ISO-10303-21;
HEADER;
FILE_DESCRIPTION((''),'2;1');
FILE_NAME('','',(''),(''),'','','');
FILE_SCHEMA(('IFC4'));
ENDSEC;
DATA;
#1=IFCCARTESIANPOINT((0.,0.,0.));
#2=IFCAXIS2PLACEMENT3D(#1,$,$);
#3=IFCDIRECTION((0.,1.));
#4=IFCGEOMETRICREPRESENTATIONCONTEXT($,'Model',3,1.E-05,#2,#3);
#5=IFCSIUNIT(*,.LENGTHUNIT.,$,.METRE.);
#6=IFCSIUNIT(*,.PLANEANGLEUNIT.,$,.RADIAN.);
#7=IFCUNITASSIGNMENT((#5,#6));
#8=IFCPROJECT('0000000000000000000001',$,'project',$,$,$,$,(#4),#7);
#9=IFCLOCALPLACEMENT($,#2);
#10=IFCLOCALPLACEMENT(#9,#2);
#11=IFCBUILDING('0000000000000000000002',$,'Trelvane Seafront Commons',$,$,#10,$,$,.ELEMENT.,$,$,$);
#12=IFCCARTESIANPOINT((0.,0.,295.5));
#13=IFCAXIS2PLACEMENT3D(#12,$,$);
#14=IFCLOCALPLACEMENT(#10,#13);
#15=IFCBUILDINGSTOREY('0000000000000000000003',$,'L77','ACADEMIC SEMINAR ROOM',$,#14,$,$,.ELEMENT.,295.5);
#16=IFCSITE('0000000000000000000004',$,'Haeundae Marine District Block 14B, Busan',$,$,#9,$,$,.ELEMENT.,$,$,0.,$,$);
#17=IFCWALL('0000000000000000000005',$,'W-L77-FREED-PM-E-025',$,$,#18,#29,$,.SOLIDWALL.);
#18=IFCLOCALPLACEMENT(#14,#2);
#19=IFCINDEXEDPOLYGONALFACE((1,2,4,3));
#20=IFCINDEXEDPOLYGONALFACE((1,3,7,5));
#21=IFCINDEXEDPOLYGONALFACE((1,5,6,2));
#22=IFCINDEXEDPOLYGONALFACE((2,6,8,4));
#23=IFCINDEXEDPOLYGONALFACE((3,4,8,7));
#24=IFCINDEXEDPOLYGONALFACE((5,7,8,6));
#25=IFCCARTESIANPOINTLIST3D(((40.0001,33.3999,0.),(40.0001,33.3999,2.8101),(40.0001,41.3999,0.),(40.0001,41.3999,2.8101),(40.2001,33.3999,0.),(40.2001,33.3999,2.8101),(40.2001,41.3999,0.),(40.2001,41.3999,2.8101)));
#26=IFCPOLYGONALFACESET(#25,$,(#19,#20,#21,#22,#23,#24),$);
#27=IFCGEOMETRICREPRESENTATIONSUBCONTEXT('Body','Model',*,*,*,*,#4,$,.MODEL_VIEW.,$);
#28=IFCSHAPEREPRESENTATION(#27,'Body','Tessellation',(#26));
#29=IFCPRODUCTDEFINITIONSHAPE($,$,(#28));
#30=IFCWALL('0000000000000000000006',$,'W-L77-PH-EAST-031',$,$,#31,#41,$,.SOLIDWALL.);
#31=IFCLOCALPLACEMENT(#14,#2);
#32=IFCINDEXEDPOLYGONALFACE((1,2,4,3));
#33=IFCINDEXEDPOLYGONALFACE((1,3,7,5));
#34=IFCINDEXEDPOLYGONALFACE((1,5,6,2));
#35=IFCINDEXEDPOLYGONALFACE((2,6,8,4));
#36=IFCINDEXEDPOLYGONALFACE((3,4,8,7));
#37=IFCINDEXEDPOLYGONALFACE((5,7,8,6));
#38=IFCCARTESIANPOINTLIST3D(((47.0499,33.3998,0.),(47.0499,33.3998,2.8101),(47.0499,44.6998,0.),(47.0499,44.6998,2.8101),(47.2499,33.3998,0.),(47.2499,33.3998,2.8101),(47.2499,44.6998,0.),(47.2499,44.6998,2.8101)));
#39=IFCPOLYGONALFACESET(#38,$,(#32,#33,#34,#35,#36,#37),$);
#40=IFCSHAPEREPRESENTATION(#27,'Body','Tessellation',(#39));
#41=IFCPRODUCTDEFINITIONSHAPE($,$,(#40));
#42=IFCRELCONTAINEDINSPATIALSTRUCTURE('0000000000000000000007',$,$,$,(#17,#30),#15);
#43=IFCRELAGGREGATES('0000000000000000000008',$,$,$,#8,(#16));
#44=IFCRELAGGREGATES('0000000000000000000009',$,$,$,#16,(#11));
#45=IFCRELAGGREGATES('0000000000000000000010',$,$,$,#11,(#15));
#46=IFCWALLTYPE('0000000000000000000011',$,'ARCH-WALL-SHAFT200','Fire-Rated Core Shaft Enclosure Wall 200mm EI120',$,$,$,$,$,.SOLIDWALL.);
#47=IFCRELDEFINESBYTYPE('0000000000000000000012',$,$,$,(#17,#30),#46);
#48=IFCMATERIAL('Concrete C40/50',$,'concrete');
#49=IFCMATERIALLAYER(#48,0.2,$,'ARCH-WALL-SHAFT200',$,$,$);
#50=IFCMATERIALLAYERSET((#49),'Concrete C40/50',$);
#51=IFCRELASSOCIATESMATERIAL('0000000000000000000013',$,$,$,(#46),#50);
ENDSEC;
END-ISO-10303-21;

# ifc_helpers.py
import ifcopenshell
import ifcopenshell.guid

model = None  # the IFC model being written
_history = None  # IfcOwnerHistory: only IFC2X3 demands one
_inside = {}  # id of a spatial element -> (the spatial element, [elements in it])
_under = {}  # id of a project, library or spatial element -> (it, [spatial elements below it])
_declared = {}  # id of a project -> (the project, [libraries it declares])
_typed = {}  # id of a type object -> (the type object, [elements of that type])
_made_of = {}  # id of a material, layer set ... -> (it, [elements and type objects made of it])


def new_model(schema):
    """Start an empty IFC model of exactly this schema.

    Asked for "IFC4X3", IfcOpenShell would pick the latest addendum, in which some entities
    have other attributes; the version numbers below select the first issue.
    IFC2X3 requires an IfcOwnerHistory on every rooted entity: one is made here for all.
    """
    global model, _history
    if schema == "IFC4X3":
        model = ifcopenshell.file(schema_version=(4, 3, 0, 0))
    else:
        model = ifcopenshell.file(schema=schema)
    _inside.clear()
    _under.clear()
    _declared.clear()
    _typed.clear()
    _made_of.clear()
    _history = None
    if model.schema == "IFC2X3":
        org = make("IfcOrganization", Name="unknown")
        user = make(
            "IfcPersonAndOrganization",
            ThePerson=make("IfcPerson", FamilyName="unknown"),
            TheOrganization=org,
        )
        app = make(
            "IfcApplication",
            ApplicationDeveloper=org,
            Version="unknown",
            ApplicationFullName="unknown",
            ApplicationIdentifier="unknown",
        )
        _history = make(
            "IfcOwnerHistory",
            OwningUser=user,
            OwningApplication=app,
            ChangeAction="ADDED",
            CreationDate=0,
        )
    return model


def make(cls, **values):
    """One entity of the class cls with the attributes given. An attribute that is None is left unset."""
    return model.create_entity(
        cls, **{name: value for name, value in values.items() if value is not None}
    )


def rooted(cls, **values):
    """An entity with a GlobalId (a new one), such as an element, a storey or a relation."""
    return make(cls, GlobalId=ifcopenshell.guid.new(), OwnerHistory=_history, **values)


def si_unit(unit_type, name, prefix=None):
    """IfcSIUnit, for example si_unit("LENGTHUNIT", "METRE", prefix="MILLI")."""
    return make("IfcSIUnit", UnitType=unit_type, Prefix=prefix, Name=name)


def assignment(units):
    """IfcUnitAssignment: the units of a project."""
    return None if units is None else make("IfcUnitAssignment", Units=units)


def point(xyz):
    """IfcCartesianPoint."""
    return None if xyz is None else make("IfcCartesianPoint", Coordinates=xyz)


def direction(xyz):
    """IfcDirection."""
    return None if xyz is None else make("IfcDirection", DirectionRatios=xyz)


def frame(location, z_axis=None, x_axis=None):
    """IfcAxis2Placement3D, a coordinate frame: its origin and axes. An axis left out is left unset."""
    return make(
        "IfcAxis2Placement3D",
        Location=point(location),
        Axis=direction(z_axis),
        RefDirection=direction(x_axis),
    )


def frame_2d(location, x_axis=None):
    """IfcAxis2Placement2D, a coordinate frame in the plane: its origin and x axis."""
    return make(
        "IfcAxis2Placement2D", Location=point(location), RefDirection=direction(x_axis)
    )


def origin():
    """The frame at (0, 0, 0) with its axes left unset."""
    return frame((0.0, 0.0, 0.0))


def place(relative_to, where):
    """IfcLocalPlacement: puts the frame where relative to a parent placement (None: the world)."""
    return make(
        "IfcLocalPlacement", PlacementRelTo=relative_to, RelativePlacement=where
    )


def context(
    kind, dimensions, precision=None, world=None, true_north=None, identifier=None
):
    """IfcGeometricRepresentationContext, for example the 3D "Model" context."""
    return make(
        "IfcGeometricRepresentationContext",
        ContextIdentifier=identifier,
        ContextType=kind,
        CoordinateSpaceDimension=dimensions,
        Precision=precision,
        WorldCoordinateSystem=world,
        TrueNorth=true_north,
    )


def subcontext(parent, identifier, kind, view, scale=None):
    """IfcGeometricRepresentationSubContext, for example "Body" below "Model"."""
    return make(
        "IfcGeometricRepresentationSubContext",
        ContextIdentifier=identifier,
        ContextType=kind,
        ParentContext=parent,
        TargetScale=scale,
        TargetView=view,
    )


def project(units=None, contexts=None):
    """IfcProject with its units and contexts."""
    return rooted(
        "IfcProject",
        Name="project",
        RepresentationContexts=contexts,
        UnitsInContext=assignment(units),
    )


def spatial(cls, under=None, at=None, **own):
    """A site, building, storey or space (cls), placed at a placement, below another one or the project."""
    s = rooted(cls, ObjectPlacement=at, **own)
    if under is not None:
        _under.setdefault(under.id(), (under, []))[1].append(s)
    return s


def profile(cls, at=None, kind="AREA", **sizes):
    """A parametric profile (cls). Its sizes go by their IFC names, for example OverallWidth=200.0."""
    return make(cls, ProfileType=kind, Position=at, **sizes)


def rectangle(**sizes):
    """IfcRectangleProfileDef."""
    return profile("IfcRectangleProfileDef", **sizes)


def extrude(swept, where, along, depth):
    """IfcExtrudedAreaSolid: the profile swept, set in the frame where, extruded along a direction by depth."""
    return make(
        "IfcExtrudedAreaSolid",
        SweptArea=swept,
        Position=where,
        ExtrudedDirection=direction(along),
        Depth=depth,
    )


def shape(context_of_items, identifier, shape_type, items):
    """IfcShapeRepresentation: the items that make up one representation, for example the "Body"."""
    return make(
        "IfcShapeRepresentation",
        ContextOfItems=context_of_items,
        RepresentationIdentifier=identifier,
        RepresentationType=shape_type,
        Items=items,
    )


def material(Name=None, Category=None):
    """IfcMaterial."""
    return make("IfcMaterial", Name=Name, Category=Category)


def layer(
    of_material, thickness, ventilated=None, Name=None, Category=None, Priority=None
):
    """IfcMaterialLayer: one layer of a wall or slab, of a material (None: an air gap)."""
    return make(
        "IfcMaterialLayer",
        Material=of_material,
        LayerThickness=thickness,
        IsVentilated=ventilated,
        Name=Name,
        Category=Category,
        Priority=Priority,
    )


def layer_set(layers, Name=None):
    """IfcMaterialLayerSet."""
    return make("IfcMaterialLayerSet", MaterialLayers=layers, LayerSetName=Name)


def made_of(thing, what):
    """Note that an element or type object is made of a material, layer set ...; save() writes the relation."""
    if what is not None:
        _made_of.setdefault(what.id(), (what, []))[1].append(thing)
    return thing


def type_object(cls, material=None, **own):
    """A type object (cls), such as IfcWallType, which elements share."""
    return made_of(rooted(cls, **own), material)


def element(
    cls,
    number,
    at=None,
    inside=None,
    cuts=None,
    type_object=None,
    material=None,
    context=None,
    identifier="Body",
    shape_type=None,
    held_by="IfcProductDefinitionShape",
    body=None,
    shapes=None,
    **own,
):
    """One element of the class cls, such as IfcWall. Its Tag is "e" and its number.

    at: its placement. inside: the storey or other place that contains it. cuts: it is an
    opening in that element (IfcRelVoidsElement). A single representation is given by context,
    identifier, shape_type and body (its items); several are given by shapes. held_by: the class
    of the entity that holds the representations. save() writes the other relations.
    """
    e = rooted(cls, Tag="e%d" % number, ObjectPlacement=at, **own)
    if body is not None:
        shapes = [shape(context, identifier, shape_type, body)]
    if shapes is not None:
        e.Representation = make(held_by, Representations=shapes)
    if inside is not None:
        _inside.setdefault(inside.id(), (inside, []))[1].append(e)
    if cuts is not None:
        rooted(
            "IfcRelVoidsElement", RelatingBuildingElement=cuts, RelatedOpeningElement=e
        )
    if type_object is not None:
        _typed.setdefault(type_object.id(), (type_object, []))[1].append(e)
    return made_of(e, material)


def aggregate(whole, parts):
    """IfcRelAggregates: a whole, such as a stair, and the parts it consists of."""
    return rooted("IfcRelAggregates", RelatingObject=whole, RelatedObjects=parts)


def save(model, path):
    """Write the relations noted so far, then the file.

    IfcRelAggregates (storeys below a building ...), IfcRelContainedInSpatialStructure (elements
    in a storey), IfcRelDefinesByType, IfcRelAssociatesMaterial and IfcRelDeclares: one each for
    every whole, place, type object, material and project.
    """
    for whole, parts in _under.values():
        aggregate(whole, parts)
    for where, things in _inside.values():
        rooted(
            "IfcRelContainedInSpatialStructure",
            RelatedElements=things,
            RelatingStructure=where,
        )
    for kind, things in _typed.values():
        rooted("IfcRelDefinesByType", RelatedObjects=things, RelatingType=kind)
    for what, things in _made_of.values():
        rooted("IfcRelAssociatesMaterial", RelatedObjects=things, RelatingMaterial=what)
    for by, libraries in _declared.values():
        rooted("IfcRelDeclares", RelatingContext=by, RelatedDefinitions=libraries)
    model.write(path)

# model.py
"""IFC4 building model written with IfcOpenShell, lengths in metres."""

from ifc_helpers import new_model, si_unit, direction, frame, frame_2d, origin, place, context, subcontext, project, spatial, rectangle, extrude, material, layer, layer_set, type_object, element, save


model = new_model("IFC4")

# Units and contexts
model_context = context("Model", 3, precision=1e-05, world=origin(), true_north=direction((0.0, 1.0)))
body_context = subcontext(model_context, "Body", "Model", "MODEL_VIEW")
ifc_project = project(units=[si_unit("LENGTHUNIT", "METRE"), si_unit("PLANEANGLEUNIT", "RADIAN")], contexts=[model_context])

# Site, building, storey
site_placement = place(None, origin())
site = spatial("IfcSite", under=ifc_project, at=site_placement, Name="Haeundae Marine District Block 14B, Busan", CompositionType="ELEMENT", RefElevation=0.0)
building_placement = place(site_placement, origin())
building = spatial("IfcBuilding", under=site, at=building_placement, Name="Trelvane Seafront Commons", CompositionType="ELEMENT")
storey_placement = place(building_placement, frame((0.0, 0.0, 295.5)))
storey = spatial("IfcBuildingStorey", under=building, at=storey_placement, Name="L77", Description="ACADEMIC SEMINAR ROOM", CompositionType="ELEMENT", Elevation=295.5)

# Shared definitions
ifc_material_1 = material(Name="Concrete C40/50", Category="concrete")

# Walls
ifc_layer_1 = layer(ifc_material_1, 0.2, Name="ARCH-WALL-SHAFT200")
ifc_layer_set_1 = layer_set([ifc_layer_1], Name="Concrete C40/50")
wall_type_1 = type_object("IfcWallType", Name="ARCH-WALL-SHAFT200", Description="Fire-Rated Core Shaft Enclosure Wall 200mm EI120", PredefinedType="SOLIDWALL", material=ifc_layer_set_1)
wall_1_placement = place(storey_placement, frame((40.1001, 33.3999, 0.0), z_axis=(0.0, 0.0, 1.0), x_axis=(0.0, 1.0, 0.0)))
element("IfcWall", 1, at=wall_1_placement, inside=storey, type_object=wall_type_1, Name="W-L77-FREED-PM-E-025", PredefinedType="SOLIDWALL", context=body_context, shape_type="SweptSolid", body=[
    extrude(rectangle(XDim=8.0, YDim=0.2, at=frame_2d((4.0, 0.0))), origin(), (0.0, 0.0, 1.0), 2.8101),
])
wall_2_placement = place(storey_placement, frame((47.1499, 33.3999, 0.0), z_axis=(0.0, 0.0, 1.0), x_axis=(0.0, 1.0, 0.0)))
element("IfcWall", 2, at=wall_2_placement, inside=storey, type_object=wall_type_1, Name="W-L77-PH-EAST-031", PredefinedType="SOLIDWALL", context=body_context, shape_type="SweptSolid", body=[
    extrude(rectangle(XDim=11.3, YDim=0.2, at=frame_2d((5.6499, 0.0))), origin(), (0.0, 0.0, 1.0), 2.8101),
])

save(model, "model.ifc")
